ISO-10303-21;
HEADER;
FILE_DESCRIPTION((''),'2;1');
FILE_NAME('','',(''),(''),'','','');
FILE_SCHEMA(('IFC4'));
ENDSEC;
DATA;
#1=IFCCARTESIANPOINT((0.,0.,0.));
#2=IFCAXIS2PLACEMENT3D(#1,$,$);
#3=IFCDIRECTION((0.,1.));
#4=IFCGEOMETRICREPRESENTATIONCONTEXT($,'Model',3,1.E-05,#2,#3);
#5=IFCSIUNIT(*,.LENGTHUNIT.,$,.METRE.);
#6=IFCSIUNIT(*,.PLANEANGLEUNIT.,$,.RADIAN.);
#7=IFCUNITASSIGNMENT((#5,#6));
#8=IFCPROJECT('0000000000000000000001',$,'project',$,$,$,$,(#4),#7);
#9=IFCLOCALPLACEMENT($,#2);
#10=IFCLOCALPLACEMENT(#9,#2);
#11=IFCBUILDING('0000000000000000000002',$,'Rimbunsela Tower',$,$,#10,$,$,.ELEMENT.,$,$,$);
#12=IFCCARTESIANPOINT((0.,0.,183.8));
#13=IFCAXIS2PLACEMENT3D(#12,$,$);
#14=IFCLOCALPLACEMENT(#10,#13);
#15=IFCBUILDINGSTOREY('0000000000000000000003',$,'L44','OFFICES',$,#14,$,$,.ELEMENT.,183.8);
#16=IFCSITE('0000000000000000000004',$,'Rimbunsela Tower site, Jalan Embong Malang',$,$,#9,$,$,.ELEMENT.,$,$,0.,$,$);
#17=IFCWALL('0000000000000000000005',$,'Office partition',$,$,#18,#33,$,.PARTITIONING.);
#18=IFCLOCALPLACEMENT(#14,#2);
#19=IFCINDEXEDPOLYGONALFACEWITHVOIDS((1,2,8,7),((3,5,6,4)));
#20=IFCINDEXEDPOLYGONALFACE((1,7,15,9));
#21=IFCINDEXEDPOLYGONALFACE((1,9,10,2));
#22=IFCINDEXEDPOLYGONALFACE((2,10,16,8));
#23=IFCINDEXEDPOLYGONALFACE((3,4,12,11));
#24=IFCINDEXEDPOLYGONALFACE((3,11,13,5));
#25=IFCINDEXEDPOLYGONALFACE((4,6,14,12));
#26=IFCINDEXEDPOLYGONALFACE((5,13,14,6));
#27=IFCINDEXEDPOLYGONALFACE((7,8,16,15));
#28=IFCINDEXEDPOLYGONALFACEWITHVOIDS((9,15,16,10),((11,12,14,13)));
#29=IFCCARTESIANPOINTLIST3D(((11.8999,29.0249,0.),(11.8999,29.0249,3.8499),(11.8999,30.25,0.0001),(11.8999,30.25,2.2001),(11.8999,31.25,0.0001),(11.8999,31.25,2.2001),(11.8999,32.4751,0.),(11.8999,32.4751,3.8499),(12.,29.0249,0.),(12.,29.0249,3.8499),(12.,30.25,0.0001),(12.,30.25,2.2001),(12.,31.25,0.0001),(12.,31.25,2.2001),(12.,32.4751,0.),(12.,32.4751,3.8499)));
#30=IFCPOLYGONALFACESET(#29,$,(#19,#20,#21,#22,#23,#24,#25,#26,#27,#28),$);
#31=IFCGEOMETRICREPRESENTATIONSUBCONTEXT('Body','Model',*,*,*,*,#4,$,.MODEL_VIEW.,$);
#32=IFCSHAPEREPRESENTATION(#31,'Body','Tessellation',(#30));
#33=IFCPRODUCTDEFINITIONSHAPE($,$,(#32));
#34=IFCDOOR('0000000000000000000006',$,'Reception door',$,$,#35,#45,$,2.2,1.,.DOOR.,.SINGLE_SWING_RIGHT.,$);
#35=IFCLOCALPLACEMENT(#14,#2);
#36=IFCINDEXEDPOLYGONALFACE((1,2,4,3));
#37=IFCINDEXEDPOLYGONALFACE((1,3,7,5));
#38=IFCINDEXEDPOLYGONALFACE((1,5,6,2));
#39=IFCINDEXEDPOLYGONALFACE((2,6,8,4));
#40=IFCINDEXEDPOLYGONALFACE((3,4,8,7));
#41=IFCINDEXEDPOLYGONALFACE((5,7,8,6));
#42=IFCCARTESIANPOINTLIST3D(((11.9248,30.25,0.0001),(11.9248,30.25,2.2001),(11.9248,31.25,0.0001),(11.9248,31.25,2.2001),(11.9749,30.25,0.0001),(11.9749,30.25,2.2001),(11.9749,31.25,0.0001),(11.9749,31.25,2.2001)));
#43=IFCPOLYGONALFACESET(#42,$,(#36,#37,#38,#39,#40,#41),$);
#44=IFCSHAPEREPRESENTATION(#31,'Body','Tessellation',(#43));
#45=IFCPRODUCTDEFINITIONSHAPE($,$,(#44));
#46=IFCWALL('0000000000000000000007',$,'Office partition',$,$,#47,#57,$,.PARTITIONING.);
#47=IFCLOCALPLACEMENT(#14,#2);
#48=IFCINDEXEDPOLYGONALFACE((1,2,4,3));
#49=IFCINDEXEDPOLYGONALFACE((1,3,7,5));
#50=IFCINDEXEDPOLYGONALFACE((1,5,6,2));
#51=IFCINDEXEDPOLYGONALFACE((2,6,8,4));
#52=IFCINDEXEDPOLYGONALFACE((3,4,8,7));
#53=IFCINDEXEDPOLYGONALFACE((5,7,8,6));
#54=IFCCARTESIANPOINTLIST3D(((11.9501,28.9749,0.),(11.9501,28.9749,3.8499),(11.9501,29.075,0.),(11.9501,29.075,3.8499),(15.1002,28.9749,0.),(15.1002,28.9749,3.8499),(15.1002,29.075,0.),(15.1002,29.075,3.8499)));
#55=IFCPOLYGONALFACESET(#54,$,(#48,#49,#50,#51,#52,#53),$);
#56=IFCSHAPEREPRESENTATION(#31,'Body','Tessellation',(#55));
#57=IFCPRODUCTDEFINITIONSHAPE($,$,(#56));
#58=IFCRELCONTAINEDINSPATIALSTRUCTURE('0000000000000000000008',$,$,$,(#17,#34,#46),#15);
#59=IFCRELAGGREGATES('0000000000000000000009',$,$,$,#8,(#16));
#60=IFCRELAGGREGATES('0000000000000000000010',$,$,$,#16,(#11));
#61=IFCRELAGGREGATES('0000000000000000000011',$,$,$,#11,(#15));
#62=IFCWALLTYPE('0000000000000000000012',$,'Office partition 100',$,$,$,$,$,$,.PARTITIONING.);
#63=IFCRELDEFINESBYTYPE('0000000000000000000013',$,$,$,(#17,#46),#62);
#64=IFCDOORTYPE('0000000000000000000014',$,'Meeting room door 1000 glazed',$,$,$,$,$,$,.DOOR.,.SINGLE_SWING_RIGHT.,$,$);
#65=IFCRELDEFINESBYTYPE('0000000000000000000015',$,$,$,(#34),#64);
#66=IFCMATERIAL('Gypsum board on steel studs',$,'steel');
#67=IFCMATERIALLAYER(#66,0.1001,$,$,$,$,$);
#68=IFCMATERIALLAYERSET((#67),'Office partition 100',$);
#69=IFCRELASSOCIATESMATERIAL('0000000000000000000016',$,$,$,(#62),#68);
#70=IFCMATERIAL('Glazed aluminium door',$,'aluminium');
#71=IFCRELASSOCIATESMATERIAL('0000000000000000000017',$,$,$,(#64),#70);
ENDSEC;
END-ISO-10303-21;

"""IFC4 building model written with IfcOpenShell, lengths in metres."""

from ifc_helpers import new_model, si_unit, direction, frame, frame_2d, origin, place, context, subcontext, project, spatial, rectangle, extrude, material, layer, layer_set, type_object, element, fill, save


model = new_model("IFC4")

# Units and contexts
model_context = context("Model", 3, precision=1e-05, world=origin(), true_north=direction((0.0, 1.0)))
body_context = subcontext(model_context, "Body", "Model", "MODEL_VIEW")
ifc_project = project(units=[si_unit("LENGTHUNIT", "METRE"), si_unit("PLANEANGLEUNIT", "RADIAN")], contexts=[model_context])

# Site, building, storey
site_placement = place(None, origin())
site = spatial("IfcSite", under=ifc_project, at=site_placement, Name="Rimbunsela Tower site, Jalan Embong Malang", CompositionType="ELEMENT", RefElevation=0.0)
building_placement = place(site_placement, origin())
building = spatial("IfcBuilding", under=site, at=building_placement, Name="Rimbunsela Tower", CompositionType="ELEMENT")
storey_placement = place(building_placement, frame((0.0, 0.0, 183.8)))
storey = spatial("IfcBuildingStorey", under=building, at=storey_placement, Name="L44", Description="OFFICES", CompositionType="ELEMENT", Elevation=183.8)

# Shared definitions
ifc_material_1 = material(Name="Gypsum board on steel studs", Category="steel")
ifc_layer = layer(ifc_material_1, 0.1001)
ifc_layer_set = layer_set([ifc_layer], Name="Office partition 100")
wall_type = type_object("IfcWallType", Name="Office partition 100", PredefinedType="PARTITIONING", material=ifc_layer_set)

# Shared definitions
ifc_material_2 = material(Name="Glazed aluminium door", Category="aluminium")
door_type_1 = type_object("IfcDoorType", Name="Meeting room door 1000 glazed", OperationType="SINGLE_SWING_RIGHT", PredefinedType="DOOR", material=ifc_material_2)

# Wall, opening, door
wall_1_placement = place(storey_placement, frame((11.95, 32.4751, 0.0), z_axis=(0.0, 0.0, 1.0), x_axis=(0.0, -1.0, 0.0)))
wall_1 = element("IfcWall", 1, at=wall_1_placement, inside=storey, type_object=wall_type, Name="Office partition", PredefinedType="PARTITIONING", context=body_context, shape_type="SweptSolid", body=[
    extrude(rectangle(XDim=3.4502, YDim=0.1001, at=frame_2d((1.7251, 0.0))), origin(), (0.0, 0.0, 1.0), 3.8499),
])
opening_1_placement = place(wall_1_placement, frame((1.2251, 0.0, 0.0)))
opening_1 = element("IfcOpeningElement", 2, at=opening_1_placement, cuts=wall_1, PredefinedType="OPENING", context=body_context, shape_type="SweptSolid", body=[
    extrude(rectangle(XDim=1.0, YDim=2.2, at=frame_2d((0.5, 1.1001))), frame((0.0, 0.0601, 0.0), z_axis=(0.0, -1.0, 0.0), x_axis=(1.0, 0.0, 0.0)), (0.0, 0.0, 1.0), 0.1201),
])
door_1_placement = place(opening_1_placement, origin())
door_1 = element("IfcDoor", 3, at=door_1_placement, inside=storey, type_object=door_type_1, Name="Reception door", OperationType="SINGLE_SWING_RIGHT", OverallHeight=2.2, OverallWidth=1.0, PredefinedType="DOOR", context=body_context, shape_type="SweptSolid", body=[
    extrude(rectangle(XDim=1.0, YDim=2.2, at=frame_2d((0.5, 1.1001))), frame((0.0, 0.0249, 0.0), z_axis=(0.0, -1.0, 0.0), x_axis=(1.0, 0.0, 0.0)), (0.0, 0.0, 1.0), 0.05),
])
fill(opening_1, door_1)

# Wall
wall_2_placement = place(storey_placement, frame((11.95, 29.0249, 0.0), z_axis=(0.0, 0.0, 1.0), x_axis=(1.0, 0.0, 0.0)))
element("IfcWall", 4, at=wall_2_placement, inside=storey, type_object=wall_type, Name="Office partition", PredefinedType="PARTITIONING", context=body_context, shape_type="SweptSolid", body=[
    extrude(rectangle(XDim=3.1501, YDim=0.1001, at=frame_2d((1.5752, 0.0))), origin(), (0.0, 0.0, 1.0), 3.8499),
])

save(model, "model.ifc")
